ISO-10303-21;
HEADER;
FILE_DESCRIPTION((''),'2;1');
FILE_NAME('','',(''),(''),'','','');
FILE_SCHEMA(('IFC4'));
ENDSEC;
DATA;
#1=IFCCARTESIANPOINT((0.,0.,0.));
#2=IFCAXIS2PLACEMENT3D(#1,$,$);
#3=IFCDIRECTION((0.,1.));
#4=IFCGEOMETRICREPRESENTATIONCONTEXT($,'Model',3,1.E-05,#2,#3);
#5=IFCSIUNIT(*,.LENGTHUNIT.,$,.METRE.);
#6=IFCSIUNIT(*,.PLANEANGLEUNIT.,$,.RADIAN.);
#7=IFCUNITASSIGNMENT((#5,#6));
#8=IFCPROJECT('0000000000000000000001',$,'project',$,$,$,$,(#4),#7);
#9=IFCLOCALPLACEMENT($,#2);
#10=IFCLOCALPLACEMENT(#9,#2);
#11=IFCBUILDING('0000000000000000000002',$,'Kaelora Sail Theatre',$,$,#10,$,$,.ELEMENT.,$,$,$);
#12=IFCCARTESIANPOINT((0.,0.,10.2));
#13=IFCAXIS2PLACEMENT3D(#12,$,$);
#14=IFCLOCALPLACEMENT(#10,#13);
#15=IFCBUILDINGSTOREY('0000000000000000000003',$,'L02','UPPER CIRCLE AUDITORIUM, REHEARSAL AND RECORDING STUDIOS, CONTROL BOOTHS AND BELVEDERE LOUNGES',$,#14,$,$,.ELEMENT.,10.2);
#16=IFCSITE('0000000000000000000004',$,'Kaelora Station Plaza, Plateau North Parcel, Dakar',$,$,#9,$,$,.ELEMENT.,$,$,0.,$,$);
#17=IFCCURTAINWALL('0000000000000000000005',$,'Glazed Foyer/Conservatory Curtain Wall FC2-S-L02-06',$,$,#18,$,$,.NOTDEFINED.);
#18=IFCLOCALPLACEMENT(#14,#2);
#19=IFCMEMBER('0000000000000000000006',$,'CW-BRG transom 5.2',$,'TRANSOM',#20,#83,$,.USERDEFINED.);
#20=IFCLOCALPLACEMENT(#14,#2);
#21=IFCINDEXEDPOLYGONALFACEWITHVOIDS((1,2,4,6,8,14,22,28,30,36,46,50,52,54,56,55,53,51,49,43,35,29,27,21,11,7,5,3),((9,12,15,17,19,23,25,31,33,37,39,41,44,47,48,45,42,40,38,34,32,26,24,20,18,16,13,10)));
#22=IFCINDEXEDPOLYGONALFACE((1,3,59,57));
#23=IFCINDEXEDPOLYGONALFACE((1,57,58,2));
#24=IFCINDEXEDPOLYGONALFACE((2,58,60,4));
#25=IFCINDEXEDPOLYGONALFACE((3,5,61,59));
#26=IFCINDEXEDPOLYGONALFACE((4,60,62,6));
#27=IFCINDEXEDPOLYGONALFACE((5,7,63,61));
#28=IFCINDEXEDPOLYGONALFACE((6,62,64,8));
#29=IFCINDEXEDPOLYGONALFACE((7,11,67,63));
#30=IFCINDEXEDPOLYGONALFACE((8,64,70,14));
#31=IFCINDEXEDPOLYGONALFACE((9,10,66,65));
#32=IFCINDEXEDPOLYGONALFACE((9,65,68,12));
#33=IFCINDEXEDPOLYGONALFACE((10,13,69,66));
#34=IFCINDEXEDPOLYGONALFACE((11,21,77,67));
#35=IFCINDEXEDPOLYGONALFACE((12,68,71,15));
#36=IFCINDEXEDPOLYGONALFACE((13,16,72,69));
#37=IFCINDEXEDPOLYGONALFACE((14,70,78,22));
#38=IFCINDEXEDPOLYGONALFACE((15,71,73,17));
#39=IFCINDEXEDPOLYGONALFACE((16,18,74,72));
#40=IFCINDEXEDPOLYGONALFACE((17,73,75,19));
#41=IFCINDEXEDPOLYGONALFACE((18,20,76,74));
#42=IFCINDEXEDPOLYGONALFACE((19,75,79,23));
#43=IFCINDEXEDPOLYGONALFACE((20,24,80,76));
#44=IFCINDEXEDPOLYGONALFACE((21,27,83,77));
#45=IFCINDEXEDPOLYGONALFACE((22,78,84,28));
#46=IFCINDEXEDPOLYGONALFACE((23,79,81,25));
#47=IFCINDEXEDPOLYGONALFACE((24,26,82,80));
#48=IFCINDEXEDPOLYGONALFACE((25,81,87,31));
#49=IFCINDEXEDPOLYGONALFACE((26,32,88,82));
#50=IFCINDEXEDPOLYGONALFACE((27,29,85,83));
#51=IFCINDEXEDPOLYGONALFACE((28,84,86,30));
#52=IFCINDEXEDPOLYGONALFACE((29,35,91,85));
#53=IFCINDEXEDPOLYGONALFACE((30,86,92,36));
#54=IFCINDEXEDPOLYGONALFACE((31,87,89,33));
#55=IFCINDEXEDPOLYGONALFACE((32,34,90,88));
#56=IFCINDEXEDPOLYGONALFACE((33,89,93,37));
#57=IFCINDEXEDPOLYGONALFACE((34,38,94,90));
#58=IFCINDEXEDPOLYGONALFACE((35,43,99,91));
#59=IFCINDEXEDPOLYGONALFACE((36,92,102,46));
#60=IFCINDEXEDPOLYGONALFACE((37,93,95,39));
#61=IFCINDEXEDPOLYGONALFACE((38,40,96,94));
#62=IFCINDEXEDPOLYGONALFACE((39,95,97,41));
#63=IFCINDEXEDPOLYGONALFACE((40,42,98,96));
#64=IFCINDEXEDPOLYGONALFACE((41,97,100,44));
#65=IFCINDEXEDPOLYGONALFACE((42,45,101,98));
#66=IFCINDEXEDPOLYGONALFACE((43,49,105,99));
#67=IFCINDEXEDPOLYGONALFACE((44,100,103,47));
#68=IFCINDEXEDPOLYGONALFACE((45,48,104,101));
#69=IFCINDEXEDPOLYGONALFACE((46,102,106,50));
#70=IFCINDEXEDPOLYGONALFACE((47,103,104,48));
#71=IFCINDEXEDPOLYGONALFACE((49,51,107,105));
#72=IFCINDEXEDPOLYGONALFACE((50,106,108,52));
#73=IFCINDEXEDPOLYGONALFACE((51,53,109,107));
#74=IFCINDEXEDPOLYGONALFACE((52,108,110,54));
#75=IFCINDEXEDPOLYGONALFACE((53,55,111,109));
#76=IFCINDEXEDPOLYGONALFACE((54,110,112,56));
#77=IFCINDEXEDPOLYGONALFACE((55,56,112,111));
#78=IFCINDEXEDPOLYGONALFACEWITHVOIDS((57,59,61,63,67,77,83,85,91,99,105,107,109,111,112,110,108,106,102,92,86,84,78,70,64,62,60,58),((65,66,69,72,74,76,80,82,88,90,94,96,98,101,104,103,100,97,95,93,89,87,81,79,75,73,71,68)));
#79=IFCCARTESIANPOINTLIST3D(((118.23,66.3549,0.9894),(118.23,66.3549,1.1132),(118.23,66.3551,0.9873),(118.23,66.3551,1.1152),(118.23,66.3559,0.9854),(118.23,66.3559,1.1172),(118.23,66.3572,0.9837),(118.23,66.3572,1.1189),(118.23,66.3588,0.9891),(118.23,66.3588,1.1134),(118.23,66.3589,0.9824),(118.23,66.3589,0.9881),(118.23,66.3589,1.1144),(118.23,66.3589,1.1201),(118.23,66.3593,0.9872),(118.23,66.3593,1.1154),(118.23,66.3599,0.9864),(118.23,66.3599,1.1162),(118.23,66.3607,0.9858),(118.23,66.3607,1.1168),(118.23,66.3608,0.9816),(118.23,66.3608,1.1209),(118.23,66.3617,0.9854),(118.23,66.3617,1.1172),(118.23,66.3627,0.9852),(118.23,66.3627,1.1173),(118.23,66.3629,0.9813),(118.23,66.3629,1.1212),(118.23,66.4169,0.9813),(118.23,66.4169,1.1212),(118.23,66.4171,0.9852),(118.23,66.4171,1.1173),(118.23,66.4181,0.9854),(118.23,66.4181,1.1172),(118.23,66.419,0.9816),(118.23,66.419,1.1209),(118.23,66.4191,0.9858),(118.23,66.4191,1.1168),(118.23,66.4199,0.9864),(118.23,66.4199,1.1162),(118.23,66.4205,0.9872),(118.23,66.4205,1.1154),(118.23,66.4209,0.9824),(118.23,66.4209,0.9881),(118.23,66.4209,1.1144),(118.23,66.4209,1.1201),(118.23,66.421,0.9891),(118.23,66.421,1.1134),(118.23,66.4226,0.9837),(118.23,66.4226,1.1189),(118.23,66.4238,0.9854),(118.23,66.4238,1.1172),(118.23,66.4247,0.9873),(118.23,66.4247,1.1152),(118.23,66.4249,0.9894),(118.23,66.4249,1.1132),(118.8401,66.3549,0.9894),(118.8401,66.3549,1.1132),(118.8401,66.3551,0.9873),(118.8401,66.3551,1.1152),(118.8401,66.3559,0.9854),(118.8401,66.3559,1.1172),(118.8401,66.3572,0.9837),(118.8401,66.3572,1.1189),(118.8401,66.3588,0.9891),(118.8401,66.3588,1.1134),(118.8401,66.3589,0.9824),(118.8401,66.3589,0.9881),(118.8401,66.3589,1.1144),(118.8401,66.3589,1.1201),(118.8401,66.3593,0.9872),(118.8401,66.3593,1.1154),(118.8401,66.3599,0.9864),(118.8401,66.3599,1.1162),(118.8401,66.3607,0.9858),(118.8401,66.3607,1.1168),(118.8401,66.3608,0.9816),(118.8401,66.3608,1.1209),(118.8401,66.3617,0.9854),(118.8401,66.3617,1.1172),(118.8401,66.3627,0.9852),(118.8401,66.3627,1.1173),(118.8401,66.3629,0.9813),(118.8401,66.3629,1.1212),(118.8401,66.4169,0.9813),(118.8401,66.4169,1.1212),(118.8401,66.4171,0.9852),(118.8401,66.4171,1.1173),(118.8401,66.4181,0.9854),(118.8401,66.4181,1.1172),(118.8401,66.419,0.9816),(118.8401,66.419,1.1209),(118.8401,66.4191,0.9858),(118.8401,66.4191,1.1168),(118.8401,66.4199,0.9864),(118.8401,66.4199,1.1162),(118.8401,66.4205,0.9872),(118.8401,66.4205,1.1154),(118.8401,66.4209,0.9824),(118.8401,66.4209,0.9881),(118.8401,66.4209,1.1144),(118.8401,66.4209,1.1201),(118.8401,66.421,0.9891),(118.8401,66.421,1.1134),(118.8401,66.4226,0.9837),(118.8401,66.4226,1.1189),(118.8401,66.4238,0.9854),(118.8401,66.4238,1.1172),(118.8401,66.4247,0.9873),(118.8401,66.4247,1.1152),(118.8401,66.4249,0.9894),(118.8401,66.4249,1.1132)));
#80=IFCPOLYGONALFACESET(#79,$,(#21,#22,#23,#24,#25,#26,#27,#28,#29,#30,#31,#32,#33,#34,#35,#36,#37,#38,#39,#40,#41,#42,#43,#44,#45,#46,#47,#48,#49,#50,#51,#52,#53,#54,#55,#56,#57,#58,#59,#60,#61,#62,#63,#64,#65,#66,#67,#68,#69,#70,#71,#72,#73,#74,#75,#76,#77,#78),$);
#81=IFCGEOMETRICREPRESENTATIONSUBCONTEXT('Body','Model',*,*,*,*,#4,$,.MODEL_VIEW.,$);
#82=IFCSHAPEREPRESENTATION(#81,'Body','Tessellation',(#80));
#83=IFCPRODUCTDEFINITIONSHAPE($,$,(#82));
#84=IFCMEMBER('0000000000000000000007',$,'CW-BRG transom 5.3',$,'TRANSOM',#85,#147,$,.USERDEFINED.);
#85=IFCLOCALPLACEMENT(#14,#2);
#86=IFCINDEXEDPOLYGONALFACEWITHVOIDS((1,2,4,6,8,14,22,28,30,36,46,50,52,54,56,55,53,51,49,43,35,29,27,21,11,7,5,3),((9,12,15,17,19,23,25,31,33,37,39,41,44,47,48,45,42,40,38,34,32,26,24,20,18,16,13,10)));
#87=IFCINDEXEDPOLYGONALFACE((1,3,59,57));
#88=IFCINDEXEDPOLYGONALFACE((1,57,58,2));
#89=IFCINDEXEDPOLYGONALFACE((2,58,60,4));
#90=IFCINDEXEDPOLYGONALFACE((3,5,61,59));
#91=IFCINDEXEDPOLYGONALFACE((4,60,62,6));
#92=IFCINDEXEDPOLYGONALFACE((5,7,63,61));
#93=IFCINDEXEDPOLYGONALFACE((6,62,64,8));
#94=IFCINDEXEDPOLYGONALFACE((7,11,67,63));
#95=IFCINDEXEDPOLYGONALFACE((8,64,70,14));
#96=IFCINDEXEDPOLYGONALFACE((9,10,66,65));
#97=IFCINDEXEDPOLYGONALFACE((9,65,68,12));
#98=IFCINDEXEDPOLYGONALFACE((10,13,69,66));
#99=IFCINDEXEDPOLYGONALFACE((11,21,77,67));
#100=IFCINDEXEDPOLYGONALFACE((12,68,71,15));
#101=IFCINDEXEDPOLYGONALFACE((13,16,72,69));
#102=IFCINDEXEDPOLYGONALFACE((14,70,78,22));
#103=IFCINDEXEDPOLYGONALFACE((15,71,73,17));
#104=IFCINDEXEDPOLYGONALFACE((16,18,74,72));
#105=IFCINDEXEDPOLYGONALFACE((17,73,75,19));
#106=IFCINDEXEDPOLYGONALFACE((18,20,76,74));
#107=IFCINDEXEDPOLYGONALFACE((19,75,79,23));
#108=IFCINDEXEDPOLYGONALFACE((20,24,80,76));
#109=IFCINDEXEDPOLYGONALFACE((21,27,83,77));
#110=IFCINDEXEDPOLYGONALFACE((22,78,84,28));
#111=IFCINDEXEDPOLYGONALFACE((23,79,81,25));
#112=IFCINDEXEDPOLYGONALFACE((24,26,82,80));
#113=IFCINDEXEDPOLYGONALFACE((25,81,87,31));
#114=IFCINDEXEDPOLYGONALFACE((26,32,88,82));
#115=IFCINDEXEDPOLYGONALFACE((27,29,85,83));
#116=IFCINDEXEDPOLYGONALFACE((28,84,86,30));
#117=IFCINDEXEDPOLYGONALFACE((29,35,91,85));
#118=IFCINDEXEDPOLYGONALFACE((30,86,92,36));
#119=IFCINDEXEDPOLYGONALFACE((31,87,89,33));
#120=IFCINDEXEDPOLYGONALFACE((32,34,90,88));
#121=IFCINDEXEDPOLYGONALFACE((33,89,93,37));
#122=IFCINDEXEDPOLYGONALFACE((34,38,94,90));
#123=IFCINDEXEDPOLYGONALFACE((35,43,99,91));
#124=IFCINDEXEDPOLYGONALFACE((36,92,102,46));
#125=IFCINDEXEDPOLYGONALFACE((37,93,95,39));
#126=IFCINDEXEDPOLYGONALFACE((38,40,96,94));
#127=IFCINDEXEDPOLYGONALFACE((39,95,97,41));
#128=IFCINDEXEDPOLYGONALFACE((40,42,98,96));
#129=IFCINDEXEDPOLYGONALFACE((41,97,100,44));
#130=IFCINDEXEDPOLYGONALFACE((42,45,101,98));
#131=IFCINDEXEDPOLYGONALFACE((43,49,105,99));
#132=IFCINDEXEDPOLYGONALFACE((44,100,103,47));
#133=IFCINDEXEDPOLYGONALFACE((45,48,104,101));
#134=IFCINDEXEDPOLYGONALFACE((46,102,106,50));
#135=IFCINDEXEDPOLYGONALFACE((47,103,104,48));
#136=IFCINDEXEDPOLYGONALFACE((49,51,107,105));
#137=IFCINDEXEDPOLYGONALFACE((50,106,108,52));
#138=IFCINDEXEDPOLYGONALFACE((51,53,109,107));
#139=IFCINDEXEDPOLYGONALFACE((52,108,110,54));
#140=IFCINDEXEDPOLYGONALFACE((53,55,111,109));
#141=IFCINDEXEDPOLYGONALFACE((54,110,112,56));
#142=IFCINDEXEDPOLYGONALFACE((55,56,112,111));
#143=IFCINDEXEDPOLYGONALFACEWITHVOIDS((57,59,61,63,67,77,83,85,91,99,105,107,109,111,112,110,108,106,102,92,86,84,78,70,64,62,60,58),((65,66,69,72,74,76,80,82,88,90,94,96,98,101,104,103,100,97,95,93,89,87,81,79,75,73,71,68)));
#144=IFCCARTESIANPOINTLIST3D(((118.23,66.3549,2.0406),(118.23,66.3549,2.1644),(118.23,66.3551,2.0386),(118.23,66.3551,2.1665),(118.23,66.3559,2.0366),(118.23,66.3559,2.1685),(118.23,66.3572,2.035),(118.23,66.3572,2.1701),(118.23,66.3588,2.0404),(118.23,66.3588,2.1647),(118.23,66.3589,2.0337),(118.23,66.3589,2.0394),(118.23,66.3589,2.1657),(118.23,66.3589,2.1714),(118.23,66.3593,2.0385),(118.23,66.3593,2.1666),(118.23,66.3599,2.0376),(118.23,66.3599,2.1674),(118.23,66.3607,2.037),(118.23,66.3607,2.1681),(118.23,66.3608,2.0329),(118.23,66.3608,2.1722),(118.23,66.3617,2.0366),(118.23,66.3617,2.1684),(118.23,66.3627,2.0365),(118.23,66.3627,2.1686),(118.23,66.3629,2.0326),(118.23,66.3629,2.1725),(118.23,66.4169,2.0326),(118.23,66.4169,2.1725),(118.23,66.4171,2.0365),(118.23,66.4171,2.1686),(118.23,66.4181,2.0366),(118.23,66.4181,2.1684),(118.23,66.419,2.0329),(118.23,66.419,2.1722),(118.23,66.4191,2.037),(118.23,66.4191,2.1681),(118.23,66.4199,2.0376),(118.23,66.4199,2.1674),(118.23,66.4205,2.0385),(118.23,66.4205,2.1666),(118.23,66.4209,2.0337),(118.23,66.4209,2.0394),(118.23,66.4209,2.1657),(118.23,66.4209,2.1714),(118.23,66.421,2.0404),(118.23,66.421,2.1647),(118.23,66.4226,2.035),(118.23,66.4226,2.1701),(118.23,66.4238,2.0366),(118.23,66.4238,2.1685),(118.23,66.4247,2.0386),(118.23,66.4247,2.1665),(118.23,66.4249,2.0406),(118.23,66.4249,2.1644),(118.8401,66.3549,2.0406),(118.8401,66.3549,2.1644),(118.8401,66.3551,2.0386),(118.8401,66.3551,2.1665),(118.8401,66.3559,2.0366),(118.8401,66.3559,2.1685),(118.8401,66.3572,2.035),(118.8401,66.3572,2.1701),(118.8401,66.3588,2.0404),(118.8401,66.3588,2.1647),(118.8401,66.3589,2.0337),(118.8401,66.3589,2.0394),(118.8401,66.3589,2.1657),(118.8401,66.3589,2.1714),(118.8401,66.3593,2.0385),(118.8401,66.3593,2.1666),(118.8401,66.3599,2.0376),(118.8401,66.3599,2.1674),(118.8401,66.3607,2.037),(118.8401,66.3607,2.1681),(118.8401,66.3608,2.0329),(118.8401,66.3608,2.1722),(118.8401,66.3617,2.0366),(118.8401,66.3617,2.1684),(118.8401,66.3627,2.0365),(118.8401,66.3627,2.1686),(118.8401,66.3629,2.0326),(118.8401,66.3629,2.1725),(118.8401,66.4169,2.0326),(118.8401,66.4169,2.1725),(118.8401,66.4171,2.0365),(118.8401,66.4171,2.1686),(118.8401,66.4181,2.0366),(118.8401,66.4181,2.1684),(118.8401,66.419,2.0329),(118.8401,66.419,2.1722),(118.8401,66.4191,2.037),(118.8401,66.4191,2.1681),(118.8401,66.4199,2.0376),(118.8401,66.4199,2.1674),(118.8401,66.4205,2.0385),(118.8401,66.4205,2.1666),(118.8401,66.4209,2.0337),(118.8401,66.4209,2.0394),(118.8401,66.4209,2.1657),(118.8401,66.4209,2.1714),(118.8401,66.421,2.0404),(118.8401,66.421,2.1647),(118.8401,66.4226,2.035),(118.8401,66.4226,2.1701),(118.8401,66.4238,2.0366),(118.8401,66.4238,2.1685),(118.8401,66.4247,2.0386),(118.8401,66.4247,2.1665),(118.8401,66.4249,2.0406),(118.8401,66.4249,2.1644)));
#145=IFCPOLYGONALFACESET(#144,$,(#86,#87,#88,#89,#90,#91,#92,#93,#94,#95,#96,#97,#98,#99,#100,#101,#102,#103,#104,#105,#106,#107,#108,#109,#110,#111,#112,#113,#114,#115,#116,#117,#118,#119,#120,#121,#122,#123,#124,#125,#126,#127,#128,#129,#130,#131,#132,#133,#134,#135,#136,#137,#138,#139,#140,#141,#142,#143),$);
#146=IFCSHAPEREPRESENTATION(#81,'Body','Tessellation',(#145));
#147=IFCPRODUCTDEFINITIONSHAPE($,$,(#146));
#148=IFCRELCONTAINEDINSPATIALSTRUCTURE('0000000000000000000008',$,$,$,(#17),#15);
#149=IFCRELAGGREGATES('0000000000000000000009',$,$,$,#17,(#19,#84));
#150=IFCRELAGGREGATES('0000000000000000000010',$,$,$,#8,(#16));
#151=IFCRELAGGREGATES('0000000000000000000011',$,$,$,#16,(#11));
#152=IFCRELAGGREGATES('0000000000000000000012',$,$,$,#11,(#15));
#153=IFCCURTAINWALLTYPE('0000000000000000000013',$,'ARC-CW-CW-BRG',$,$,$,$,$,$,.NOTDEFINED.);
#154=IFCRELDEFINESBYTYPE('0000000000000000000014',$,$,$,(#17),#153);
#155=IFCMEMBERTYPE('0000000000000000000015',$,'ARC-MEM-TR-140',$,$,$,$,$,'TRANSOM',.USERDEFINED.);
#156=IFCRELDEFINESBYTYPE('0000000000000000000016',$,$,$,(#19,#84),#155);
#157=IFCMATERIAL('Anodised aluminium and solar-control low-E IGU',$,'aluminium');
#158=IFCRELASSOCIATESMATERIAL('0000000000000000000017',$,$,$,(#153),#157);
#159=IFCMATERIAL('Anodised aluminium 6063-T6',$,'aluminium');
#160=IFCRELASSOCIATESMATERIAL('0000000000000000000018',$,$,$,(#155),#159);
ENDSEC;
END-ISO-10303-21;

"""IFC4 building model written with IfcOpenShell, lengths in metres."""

from ifc_helpers import new_model, si_unit, direction, frame, origin, origin_2d, place, context, subcontext, project, spatial, hollow_rectangle, extrude, material, material_profile, profile_set, type_object, element, aggregate, save


model = new_model("IFC4")

# Units and contexts
model_context = context("Model", 3, precision=1e-05, world=origin(), true_north=direction((0.0, 1.0)))
body_context = subcontext(model_context, "Body", "Model", "MODEL_VIEW")
ifc_project = project(units=[si_unit("LENGTHUNIT", "METRE"), si_unit("PLANEANGLEUNIT", "RADIAN")], contexts=[model_context])

# Site, building, storey
site_placement = place(None, origin())
site = spatial("IfcSite", under=ifc_project, at=site_placement, Name="Kaelora Station Plaza, Plateau North Parcel, Dakar", CompositionType="ELEMENT", RefElevation=0.0)
building_placement = place(site_placement, origin())
building = spatial("IfcBuilding", under=site, at=building_placement, Name="Kaelora Sail Theatre", CompositionType="ELEMENT")
storey_placement = place(building_placement, frame((0.0, 0.0, 10.2)))
storey = spatial("IfcBuildingStorey", under=building, at=storey_placement, Name="L02", Description="UPPER CIRCLE AUDITORIUM, REHEARSAL AND RECORDING STUDIOS, CONTROL BOOTHS AND BELVEDERE LOUNGES", CompositionType="ELEMENT", Elevation=10.2)

# Curtain wall, members
ifc_material_1 = material(Name="Anodised aluminium and solar-control low-E IGU", Category="aluminium")
curtain_wall_type = type_object("IfcCurtainWallType", Name="ARC-CW-CW-BRG", PredefinedType="NOTDEFINED", material=ifc_material_1)
curtain_wall_placement = place(storey_placement, origin())
curtain_wall = element("IfcCurtainWall", 1, at=curtain_wall_placement, inside=storey, type_object=curtain_wall_type, Name="Glazed Foyer/Conservatory Curtain Wall FC2-S-L02-06", PredefinedType="NOTDEFINED")
ifc_material_2 = material(Name="Anodised aluminium 6063-T6", Category="aluminium")
ifc_material_profile_1 = material_profile(ifc_material_2, hollow_rectangle(XDim=0.0701, YDim=0.1399, WallThickness=0.0039, InnerFilletRadius=0.0039, OuterFilletRadius=0.0081, at=origin_2d()), Name="ALU-TRAN 70x140x4")
ifc_profile_set_1 = profile_set([ifc_material_profile_1], Name="Anodised aluminium 6063-T6")
member_type_1 = type_object("IfcMemberType", Name="ARC-MEM-TR-140", ElementType="TRANSOM", PredefinedType="USERDEFINED", material=ifc_profile_set_1)
member_1_placement = place(storey_placement, frame((118.23, 66.3899, 1.0513), z_axis=(1.0, 0.0, 0.0), x_axis=(0.0, 1.0, 0.0)))
member_1 = element("IfcMember", 2, at=member_1_placement, type_object=member_type_1, Name="CW-BRG transom 5.2", ObjectType="TRANSOM", PredefinedType="USERDEFINED", context=body_context, shape_type="SweptSolid", body=[
    extrude(hollow_rectangle(XDim=0.0701, YDim=0.1399, WallThickness=0.0039, InnerFilletRadius=0.0039, OuterFilletRadius=0.0081, at=origin_2d()), origin(), (0.0, 0.0, 1.0), 0.6101),
])
member_2_placement = place(storey_placement, frame((118.23, 66.3899, 2.1025), z_axis=(1.0, 0.0, 0.0), x_axis=(0.0, 1.0, 0.0)))
member_2 = element("IfcMember", 3, at=member_2_placement, type_object=member_type_1, Name="CW-BRG transom 5.3", ObjectType="TRANSOM", PredefinedType="USERDEFINED", context=body_context, shape_type="SweptSolid", body=[
    extrude(hollow_rectangle(XDim=0.0701, YDim=0.1399, WallThickness=0.0039, InnerFilletRadius=0.0039, OuterFilletRadius=0.0081, at=origin_2d()), origin(), (0.0, 0.0, 1.0), 0.6101),
])

aggregate(curtain_wall, [member_1, member_2])

save(model, "model.ifc")
